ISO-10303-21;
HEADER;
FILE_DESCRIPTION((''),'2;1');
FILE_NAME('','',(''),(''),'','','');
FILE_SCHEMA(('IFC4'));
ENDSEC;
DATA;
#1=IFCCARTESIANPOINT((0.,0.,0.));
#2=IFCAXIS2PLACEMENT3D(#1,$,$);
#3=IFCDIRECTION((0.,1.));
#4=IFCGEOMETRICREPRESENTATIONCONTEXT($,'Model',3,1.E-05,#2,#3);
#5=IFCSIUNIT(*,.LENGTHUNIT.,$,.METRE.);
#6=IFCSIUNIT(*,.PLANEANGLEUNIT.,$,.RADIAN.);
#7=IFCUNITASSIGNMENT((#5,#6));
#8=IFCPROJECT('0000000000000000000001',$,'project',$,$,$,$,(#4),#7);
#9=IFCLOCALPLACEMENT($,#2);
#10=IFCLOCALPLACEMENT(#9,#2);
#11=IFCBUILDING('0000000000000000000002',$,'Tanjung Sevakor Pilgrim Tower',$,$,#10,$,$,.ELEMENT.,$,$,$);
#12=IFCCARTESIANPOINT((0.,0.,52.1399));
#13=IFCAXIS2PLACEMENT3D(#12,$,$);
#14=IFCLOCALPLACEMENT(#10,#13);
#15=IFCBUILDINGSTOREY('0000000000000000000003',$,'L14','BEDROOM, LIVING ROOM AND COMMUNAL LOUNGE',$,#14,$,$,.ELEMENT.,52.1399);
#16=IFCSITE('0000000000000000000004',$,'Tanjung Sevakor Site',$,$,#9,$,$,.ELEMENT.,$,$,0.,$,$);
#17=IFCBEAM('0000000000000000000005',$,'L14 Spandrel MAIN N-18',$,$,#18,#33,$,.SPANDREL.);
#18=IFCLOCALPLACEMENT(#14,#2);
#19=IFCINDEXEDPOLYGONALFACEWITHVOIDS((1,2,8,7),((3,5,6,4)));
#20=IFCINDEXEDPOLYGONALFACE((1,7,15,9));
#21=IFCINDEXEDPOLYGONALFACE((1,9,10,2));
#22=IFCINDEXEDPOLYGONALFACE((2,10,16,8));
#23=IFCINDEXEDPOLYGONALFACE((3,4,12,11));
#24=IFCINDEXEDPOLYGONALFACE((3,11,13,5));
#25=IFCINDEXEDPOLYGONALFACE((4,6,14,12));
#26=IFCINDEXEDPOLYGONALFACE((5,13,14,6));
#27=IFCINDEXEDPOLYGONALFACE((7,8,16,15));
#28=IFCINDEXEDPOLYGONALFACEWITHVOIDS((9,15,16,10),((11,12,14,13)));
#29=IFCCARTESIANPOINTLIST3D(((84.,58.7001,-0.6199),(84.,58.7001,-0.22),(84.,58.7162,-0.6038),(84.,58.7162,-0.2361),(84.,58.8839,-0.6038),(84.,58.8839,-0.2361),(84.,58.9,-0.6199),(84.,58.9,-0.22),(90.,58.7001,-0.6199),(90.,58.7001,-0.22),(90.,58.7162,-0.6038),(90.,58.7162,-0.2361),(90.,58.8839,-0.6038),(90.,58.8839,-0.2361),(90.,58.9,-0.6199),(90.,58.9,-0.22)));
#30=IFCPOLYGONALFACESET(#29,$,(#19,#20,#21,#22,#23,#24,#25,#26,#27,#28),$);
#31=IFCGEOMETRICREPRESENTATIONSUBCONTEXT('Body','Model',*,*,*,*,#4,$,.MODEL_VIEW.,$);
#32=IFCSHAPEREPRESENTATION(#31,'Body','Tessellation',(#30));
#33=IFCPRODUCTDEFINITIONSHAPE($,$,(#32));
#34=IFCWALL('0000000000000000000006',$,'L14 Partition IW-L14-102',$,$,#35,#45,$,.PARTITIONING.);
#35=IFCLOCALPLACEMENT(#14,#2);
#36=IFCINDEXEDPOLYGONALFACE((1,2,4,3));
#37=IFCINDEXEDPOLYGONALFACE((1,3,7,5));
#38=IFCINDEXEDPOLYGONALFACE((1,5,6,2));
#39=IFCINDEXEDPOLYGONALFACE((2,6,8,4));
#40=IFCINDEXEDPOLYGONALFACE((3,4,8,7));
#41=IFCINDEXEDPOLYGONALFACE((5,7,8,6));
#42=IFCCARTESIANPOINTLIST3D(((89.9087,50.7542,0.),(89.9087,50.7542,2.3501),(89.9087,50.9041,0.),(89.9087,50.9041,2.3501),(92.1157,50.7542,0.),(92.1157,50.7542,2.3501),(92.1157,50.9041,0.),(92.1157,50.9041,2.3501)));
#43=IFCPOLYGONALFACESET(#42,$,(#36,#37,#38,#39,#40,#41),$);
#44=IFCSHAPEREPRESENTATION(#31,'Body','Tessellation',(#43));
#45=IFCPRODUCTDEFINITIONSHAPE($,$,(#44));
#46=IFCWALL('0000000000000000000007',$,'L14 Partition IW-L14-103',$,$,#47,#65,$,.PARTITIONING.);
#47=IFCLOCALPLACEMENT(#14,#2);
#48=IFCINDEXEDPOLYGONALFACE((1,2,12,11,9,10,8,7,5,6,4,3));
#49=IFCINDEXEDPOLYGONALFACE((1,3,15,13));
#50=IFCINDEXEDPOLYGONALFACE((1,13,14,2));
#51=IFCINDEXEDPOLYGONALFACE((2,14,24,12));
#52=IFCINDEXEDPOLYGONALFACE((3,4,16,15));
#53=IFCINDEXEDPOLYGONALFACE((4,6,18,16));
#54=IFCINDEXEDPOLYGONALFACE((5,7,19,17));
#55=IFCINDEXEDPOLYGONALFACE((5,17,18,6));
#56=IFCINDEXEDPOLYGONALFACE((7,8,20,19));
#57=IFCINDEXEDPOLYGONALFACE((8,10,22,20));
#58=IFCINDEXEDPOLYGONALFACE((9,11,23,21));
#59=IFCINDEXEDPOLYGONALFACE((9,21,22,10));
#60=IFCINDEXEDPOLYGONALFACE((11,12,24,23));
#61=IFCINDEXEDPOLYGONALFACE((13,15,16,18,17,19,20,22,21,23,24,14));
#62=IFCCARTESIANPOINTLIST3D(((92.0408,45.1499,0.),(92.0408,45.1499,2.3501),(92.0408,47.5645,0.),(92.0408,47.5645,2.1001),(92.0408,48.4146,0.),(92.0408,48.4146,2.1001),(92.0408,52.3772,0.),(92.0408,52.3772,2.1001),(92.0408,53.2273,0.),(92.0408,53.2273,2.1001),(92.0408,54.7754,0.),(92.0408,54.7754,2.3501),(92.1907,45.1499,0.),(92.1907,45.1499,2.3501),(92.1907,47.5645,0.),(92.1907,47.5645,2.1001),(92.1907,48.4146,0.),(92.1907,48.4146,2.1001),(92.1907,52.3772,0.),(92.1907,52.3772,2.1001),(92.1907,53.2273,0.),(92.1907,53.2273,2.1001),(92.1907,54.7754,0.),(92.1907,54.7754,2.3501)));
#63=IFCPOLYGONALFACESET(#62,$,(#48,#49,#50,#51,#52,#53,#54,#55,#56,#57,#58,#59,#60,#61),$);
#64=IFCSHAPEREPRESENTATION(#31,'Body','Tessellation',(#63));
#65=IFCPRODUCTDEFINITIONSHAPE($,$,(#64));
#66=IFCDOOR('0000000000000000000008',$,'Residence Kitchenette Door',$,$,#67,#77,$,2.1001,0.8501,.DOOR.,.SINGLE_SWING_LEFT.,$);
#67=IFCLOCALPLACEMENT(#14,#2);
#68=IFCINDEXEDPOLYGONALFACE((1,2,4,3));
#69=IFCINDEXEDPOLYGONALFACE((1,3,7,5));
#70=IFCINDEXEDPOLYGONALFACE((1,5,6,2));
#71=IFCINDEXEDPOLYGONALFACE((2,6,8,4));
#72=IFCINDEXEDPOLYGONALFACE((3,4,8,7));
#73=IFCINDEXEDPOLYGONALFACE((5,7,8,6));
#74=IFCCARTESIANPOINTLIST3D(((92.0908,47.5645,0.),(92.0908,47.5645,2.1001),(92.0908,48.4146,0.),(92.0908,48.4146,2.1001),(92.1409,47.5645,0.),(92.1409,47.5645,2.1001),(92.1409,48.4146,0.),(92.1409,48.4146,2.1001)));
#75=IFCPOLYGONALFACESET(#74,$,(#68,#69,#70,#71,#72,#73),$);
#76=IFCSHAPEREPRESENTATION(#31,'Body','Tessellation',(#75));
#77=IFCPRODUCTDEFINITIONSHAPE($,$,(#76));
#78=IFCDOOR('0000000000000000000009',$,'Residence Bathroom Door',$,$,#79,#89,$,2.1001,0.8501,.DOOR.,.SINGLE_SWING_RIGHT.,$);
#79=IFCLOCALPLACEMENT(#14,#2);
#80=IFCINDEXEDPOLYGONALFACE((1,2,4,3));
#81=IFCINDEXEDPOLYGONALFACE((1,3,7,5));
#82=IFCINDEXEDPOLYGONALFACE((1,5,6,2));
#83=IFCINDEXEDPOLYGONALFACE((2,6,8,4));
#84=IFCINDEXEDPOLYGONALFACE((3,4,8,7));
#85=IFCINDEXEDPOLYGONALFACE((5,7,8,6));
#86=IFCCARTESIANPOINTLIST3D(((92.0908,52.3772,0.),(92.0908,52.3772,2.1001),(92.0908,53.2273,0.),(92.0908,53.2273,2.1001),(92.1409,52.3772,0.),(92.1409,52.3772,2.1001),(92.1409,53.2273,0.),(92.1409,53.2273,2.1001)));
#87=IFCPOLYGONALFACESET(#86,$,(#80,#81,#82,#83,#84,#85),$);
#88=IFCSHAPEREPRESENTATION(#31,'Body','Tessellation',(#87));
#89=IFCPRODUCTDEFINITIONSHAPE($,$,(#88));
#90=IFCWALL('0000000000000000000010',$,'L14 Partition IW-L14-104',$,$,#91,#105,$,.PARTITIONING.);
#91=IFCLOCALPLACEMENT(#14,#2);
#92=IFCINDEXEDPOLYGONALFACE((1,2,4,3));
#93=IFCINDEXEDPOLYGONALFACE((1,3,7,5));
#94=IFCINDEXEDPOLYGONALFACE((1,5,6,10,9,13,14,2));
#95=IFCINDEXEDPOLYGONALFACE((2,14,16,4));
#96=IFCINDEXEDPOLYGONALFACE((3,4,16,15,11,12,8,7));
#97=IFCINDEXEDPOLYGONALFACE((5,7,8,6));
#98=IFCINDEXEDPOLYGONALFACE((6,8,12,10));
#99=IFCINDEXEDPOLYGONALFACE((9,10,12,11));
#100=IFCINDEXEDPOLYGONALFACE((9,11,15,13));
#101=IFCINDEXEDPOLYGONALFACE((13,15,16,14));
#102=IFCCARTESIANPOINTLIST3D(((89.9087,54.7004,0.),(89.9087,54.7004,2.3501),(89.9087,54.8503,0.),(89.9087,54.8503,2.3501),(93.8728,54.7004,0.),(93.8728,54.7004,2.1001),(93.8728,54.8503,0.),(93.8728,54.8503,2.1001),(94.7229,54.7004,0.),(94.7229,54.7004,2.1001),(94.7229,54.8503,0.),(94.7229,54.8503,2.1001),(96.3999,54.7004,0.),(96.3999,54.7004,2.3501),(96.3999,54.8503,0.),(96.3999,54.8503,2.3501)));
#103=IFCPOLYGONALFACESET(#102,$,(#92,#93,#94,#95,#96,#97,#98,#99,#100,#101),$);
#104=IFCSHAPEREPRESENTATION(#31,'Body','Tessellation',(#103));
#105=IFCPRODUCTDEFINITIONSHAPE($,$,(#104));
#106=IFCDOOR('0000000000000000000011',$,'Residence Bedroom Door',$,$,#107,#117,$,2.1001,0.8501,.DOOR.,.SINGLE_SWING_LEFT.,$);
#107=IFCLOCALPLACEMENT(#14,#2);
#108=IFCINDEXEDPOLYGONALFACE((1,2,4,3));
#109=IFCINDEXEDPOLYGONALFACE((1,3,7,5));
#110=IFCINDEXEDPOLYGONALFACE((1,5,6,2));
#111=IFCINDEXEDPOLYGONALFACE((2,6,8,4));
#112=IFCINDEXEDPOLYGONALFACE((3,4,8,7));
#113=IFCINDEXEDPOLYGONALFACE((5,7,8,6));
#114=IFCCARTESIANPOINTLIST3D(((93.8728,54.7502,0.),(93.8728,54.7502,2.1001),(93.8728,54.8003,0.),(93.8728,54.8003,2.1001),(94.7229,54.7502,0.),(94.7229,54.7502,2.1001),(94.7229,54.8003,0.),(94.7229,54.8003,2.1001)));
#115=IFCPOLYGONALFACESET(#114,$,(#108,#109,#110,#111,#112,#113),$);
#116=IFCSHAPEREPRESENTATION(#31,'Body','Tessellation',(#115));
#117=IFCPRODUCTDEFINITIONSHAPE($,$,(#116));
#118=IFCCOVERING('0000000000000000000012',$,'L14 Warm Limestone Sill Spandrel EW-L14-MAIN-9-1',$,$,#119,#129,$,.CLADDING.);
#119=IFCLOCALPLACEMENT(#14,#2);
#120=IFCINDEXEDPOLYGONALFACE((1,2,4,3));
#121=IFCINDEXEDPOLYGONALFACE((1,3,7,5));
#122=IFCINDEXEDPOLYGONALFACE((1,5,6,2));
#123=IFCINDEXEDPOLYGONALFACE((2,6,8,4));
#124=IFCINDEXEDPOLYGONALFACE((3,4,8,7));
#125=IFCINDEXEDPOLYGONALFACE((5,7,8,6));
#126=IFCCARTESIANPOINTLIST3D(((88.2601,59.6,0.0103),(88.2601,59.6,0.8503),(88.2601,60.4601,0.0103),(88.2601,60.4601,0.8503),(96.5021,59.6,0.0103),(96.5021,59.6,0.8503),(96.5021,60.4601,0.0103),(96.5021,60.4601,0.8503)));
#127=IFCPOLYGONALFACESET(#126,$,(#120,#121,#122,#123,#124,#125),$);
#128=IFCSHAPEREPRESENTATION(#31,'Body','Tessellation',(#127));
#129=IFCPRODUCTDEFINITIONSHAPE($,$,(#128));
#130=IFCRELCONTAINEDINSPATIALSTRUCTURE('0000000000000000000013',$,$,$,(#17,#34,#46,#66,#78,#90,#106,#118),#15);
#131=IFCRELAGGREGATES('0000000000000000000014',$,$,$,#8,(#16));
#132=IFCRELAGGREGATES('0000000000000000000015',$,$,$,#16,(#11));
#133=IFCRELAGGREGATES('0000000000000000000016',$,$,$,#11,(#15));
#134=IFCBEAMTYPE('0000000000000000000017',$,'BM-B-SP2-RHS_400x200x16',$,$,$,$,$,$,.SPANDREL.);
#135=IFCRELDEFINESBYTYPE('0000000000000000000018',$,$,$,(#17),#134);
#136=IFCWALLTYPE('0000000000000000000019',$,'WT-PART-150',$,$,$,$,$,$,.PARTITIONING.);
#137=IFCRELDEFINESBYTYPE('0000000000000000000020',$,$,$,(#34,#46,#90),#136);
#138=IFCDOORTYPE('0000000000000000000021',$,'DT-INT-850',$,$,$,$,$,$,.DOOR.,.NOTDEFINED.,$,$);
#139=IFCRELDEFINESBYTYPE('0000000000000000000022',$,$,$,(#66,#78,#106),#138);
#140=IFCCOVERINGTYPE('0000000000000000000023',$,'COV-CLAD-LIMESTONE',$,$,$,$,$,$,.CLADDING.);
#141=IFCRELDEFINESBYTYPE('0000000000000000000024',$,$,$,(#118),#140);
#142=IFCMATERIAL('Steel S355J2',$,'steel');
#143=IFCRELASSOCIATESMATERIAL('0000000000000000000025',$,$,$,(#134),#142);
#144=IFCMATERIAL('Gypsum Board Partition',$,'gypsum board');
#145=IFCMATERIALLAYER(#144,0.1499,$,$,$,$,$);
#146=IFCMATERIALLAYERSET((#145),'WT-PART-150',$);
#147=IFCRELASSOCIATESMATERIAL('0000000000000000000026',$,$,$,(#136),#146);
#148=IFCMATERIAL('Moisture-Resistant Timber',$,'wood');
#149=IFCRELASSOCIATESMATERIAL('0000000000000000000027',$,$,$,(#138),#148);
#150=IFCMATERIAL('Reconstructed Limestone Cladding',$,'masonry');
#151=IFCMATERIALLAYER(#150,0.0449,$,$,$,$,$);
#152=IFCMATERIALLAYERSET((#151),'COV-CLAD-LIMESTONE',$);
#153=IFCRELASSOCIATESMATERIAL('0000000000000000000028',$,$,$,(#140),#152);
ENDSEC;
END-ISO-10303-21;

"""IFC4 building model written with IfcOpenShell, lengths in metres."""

from ifc_helpers import new_model, si_unit, direction, frame, frame_2d, origin, origin_2d, place, context, subcontext, project, spatial, rectangle, hollow_rectangle, extrude, material, layer, layer_set, material_profile, profile_set, type_object, element, fill, save


model = new_model("IFC4")

# Units and contexts
model_context = context("Model", 3, precision=1e-05, world=origin(), true_north=direction((0.0, 1.0)))
body_context = subcontext(model_context, "Body", "Model", "MODEL_VIEW")
ifc_project = project(units=[si_unit("LENGTHUNIT", "METRE"), si_unit("PLANEANGLEUNIT", "RADIAN")], contexts=[model_context])

# Site, building, storey
site_placement = place(None, origin())
site = spatial("IfcSite", under=ifc_project, at=site_placement, Name="Tanjung Sevakor Site", CompositionType="ELEMENT", RefElevation=0.0)
building_placement = place(site_placement, origin())
building = spatial("IfcBuilding", under=site, at=building_placement, Name="Tanjung Sevakor Pilgrim Tower", CompositionType="ELEMENT")
storey_placement = place(building_placement, frame((0.0, 0.0, 52.1399)))
storey = spatial("IfcBuildingStorey", under=building, at=storey_placement, Name="L14", Description="BEDROOM, LIVING ROOM AND COMMUNAL LOUNGE", CompositionType="ELEMENT", Elevation=52.1399)

# Beam
ifc_material_1 = material(Name="Steel S355J2", Category="steel")
ifc_material_profile_1 = material_profile(ifc_material_1, hollow_rectangle(XDim=0.2, YDim=0.3999, WallThickness=0.0161, at=origin_2d()))
ifc_profile_set_1 = profile_set([ifc_material_profile_1], Name="Steel S355J2")
beam_type_1 = type_object("IfcBeamType", Name="BM-B-SP2-RHS_400x200x16", PredefinedType="SPANDREL", material=ifc_profile_set_1)
beam_1_placement = place(storey_placement, frame((84.0, 58.8, -0.4199), z_axis=(1.0, 0.0, 0.0), x_axis=(0.0, 1.0, 0.0)))
element("IfcBeam", 1, at=beam_1_placement, inside=storey, type_object=beam_type_1, Name="L14 Spandrel MAIN N-18", PredefinedType="SPANDREL", context=body_context, shape_type="SweptSolid", body=[
    extrude(hollow_rectangle(XDim=0.2, YDim=0.3999, WallThickness=0.0161, at=origin_2d()), origin(), (0.0, 0.0, 1.0), 6.0),
])

# Wall
ifc_material_2 = material(Name="Gypsum Board Partition", Category="gypsum board")
ifc_layer_1 = layer(ifc_material_2, 0.1499)
ifc_layer_set_1 = layer_set([ifc_layer_1], Name="WT-PART-150")
wall_type = type_object("IfcWallType", Name="WT-PART-150", PredefinedType="PARTITIONING", material=ifc_layer_set_1)
wall_1_placement = place(storey_placement, frame((89.9087, 50.8291, 0.0), z_axis=(0.0, 0.0, 1.0), x_axis=(1.0, 0.0, 0.0)))
element("IfcWall", 2, at=wall_1_placement, inside=storey, type_object=wall_type, Name="L14 Partition IW-L14-102", PredefinedType="PARTITIONING", context=body_context, shape_type="SweptSolid", body=[
    extrude(rectangle(XDim=2.207, YDim=0.1499, at=frame_2d((1.1035, 0.0))), origin(), (0.0, 0.0, 1.0), 2.3501),
])

# Wall, openings, doors
wall_2_placement = place(storey_placement, frame((92.1157, 45.1499, 0.0), z_axis=(0.0, 0.0, 1.0), x_axis=(0.0, 1.0, 0.0)))
wall_2 = element("IfcWall", 3, at=wall_2_placement, inside=storey, type_object=wall_type, Name="L14 Partition IW-L14-103", PredefinedType="PARTITIONING", context=body_context, shape_type="SweptSolid", body=[
    extrude(rectangle(XDim=9.6255, YDim=0.1499, at=frame_2d((4.8127, 0.0))), origin(), (0.0, 0.0, 1.0), 2.3501),
])
opening_1_placement = place(wall_2_placement, frame((2.4146, 0.0, 0.0)))
opening_1 = element("IfcOpeningElement", 4, at=opening_1_placement, cuts=wall_2, PredefinedType="OPENING", context=body_context, shape_type="SweptSolid", body=[
    extrude(rectangle(XDim=0.8501, YDim=2.1001, at=frame_2d((0.425, 1.05))), frame((0.0, 0.085, 0.0), z_axis=(0.0, -1.0, 0.0), x_axis=(1.0, 0.0, 0.0)), (0.0, 0.0, 1.0), 0.1699),
])
opening_2_placement = place(wall_2_placement, frame((7.2273, 0.0, 0.0)))
opening_2 = element("IfcOpeningElement", 5, at=opening_2_placement, cuts=wall_2, PredefinedType="OPENING", context=body_context, shape_type="SweptSolid", body=[
    extrude(rectangle(XDim=0.8501, YDim=2.1001, at=frame_2d((0.425, 1.05))), frame((0.0, 0.085, 0.0), z_axis=(0.0, -1.0, 0.0), x_axis=(1.0, 0.0, 0.0)), (0.0, 0.0, 1.0), 0.1699),
])
ifc_material_3 = material(Name="Moisture-Resistant Timber", Category="wood")
door_type = type_object("IfcDoorType", Name="DT-INT-850", OperationType="NOTDEFINED", PredefinedType="DOOR", material=ifc_material_3)
door_1_placement = place(opening_1_placement, origin())
door_1 = element("IfcDoor", 6, at=door_1_placement, inside=storey, type_object=door_type, Name="Residence Kitchenette Door", OperationType="SINGLE_SWING_LEFT", OverallHeight=2.1001, OverallWidth=0.8501, PredefinedType="DOOR", context=body_context, shape_type="SweptSolid", body=[
    extrude(rectangle(XDim=0.8501, YDim=2.1001, at=frame_2d((0.425, 1.05))), frame((0.0, 0.0249, 0.0), z_axis=(0.0, -1.0, 0.0), x_axis=(1.0, 0.0, 0.0)), (0.0, 0.0, 1.0), 0.05),
])
fill(opening_1, door_1)
door_2_placement = place(opening_2_placement, origin())
door_2 = element("IfcDoor", 7, at=door_2_placement, inside=storey, type_object=door_type, Name="Residence Bathroom Door", OperationType="SINGLE_SWING_RIGHT", OverallHeight=2.1001, OverallWidth=0.8501, PredefinedType="DOOR", context=body_context, shape_type="SweptSolid", body=[
    extrude(rectangle(XDim=0.8501, YDim=2.1001, at=frame_2d((0.425, 1.05))), frame((0.0, 0.0249, 0.0), z_axis=(0.0, -1.0, 0.0), x_axis=(1.0, 0.0, 0.0)), (0.0, 0.0, 1.0), 0.05),
])
fill(opening_2, door_2)

# Wall, opening, door
wall_3_placement = place(storey_placement, frame((89.9087, 54.7754, 0.0), z_axis=(0.0, 0.0, 1.0), x_axis=(1.0, 0.0, 0.0)))
wall_3 = element("IfcWall", 8, at=wall_3_placement, inside=storey, type_object=wall_type, Name="L14 Partition IW-L14-104", PredefinedType="PARTITIONING", context=body_context, shape_type="SweptSolid", body=[
    extrude(rectangle(XDim=6.4912, YDim=0.1499, at=frame_2d((3.2456, 0.0))), origin(), (0.0, 0.0, 1.0), 2.3501),
])
opening_3_placement = place(wall_3_placement, frame((3.9641, 0.0, 0.0)))
opening_3 = element("IfcOpeningElement", 9, at=opening_3_placement, cuts=wall_3, PredefinedType="OPENING", context=body_context, shape_type="SweptSolid", body=[
    extrude(rectangle(XDim=0.8501, YDim=2.1001, at=frame_2d((0.425, 1.05))), frame((0.0, 0.085, 0.0), z_axis=(0.0, -1.0, 0.0), x_axis=(1.0, 0.0, 0.0)), (0.0, 0.0, 1.0), 0.1699),
])
door_3_placement = place(opening_3_placement, origin())
door_3 = element("IfcDoor", 10, at=door_3_placement, inside=storey, type_object=door_type, Name="Residence Bedroom Door", OperationType="SINGLE_SWING_LEFT", OverallHeight=2.1001, OverallWidth=0.8501, PredefinedType="DOOR", context=body_context, shape_type="SweptSolid", body=[
    extrude(rectangle(XDim=0.8501, YDim=2.1001, at=frame_2d((0.425, 1.05))), frame((0.0, 0.0249, 0.0), z_axis=(0.0, -1.0, 0.0), x_axis=(1.0, 0.0, 0.0)), (0.0, 0.0, 1.0), 0.05),
])
fill(opening_3, door_3)

# Covering
ifc_material_4 = material(Name="Reconstructed Limestone Cladding", Category="masonry")
ifc_layer_2 = layer(ifc_material_4, 0.0449)
ifc_layer_set_2 = layer_set([ifc_layer_2], Name="COV-CLAD-LIMESTONE")
covering_type = type_object("IfcCoveringType", Name="COV-CLAD-LIMESTONE", PredefinedType="CLADDING", material=ifc_layer_set_2)
covering_placement = place(storey_placement, frame((92.3811, 60.03, 0.0103), z_axis=(0.0, 0.0, 1.0), x_axis=(-1.0, 0.0, 0.0)))
element("IfcCovering", 11, at=covering_placement, inside=storey, type_object=covering_type, Name="L14 Warm Limestone Sill Spandrel EW-L14-MAIN-9-1", PredefinedType="CLADDING", context=body_context, shape_type="SweptSolid", body=[
    extrude(rectangle(XDim=8.2419, YDim=0.8601, at=origin_2d()), origin(), (0.0, 0.0, 1.0), 0.8401),
])

save(model, "model.ifc")
